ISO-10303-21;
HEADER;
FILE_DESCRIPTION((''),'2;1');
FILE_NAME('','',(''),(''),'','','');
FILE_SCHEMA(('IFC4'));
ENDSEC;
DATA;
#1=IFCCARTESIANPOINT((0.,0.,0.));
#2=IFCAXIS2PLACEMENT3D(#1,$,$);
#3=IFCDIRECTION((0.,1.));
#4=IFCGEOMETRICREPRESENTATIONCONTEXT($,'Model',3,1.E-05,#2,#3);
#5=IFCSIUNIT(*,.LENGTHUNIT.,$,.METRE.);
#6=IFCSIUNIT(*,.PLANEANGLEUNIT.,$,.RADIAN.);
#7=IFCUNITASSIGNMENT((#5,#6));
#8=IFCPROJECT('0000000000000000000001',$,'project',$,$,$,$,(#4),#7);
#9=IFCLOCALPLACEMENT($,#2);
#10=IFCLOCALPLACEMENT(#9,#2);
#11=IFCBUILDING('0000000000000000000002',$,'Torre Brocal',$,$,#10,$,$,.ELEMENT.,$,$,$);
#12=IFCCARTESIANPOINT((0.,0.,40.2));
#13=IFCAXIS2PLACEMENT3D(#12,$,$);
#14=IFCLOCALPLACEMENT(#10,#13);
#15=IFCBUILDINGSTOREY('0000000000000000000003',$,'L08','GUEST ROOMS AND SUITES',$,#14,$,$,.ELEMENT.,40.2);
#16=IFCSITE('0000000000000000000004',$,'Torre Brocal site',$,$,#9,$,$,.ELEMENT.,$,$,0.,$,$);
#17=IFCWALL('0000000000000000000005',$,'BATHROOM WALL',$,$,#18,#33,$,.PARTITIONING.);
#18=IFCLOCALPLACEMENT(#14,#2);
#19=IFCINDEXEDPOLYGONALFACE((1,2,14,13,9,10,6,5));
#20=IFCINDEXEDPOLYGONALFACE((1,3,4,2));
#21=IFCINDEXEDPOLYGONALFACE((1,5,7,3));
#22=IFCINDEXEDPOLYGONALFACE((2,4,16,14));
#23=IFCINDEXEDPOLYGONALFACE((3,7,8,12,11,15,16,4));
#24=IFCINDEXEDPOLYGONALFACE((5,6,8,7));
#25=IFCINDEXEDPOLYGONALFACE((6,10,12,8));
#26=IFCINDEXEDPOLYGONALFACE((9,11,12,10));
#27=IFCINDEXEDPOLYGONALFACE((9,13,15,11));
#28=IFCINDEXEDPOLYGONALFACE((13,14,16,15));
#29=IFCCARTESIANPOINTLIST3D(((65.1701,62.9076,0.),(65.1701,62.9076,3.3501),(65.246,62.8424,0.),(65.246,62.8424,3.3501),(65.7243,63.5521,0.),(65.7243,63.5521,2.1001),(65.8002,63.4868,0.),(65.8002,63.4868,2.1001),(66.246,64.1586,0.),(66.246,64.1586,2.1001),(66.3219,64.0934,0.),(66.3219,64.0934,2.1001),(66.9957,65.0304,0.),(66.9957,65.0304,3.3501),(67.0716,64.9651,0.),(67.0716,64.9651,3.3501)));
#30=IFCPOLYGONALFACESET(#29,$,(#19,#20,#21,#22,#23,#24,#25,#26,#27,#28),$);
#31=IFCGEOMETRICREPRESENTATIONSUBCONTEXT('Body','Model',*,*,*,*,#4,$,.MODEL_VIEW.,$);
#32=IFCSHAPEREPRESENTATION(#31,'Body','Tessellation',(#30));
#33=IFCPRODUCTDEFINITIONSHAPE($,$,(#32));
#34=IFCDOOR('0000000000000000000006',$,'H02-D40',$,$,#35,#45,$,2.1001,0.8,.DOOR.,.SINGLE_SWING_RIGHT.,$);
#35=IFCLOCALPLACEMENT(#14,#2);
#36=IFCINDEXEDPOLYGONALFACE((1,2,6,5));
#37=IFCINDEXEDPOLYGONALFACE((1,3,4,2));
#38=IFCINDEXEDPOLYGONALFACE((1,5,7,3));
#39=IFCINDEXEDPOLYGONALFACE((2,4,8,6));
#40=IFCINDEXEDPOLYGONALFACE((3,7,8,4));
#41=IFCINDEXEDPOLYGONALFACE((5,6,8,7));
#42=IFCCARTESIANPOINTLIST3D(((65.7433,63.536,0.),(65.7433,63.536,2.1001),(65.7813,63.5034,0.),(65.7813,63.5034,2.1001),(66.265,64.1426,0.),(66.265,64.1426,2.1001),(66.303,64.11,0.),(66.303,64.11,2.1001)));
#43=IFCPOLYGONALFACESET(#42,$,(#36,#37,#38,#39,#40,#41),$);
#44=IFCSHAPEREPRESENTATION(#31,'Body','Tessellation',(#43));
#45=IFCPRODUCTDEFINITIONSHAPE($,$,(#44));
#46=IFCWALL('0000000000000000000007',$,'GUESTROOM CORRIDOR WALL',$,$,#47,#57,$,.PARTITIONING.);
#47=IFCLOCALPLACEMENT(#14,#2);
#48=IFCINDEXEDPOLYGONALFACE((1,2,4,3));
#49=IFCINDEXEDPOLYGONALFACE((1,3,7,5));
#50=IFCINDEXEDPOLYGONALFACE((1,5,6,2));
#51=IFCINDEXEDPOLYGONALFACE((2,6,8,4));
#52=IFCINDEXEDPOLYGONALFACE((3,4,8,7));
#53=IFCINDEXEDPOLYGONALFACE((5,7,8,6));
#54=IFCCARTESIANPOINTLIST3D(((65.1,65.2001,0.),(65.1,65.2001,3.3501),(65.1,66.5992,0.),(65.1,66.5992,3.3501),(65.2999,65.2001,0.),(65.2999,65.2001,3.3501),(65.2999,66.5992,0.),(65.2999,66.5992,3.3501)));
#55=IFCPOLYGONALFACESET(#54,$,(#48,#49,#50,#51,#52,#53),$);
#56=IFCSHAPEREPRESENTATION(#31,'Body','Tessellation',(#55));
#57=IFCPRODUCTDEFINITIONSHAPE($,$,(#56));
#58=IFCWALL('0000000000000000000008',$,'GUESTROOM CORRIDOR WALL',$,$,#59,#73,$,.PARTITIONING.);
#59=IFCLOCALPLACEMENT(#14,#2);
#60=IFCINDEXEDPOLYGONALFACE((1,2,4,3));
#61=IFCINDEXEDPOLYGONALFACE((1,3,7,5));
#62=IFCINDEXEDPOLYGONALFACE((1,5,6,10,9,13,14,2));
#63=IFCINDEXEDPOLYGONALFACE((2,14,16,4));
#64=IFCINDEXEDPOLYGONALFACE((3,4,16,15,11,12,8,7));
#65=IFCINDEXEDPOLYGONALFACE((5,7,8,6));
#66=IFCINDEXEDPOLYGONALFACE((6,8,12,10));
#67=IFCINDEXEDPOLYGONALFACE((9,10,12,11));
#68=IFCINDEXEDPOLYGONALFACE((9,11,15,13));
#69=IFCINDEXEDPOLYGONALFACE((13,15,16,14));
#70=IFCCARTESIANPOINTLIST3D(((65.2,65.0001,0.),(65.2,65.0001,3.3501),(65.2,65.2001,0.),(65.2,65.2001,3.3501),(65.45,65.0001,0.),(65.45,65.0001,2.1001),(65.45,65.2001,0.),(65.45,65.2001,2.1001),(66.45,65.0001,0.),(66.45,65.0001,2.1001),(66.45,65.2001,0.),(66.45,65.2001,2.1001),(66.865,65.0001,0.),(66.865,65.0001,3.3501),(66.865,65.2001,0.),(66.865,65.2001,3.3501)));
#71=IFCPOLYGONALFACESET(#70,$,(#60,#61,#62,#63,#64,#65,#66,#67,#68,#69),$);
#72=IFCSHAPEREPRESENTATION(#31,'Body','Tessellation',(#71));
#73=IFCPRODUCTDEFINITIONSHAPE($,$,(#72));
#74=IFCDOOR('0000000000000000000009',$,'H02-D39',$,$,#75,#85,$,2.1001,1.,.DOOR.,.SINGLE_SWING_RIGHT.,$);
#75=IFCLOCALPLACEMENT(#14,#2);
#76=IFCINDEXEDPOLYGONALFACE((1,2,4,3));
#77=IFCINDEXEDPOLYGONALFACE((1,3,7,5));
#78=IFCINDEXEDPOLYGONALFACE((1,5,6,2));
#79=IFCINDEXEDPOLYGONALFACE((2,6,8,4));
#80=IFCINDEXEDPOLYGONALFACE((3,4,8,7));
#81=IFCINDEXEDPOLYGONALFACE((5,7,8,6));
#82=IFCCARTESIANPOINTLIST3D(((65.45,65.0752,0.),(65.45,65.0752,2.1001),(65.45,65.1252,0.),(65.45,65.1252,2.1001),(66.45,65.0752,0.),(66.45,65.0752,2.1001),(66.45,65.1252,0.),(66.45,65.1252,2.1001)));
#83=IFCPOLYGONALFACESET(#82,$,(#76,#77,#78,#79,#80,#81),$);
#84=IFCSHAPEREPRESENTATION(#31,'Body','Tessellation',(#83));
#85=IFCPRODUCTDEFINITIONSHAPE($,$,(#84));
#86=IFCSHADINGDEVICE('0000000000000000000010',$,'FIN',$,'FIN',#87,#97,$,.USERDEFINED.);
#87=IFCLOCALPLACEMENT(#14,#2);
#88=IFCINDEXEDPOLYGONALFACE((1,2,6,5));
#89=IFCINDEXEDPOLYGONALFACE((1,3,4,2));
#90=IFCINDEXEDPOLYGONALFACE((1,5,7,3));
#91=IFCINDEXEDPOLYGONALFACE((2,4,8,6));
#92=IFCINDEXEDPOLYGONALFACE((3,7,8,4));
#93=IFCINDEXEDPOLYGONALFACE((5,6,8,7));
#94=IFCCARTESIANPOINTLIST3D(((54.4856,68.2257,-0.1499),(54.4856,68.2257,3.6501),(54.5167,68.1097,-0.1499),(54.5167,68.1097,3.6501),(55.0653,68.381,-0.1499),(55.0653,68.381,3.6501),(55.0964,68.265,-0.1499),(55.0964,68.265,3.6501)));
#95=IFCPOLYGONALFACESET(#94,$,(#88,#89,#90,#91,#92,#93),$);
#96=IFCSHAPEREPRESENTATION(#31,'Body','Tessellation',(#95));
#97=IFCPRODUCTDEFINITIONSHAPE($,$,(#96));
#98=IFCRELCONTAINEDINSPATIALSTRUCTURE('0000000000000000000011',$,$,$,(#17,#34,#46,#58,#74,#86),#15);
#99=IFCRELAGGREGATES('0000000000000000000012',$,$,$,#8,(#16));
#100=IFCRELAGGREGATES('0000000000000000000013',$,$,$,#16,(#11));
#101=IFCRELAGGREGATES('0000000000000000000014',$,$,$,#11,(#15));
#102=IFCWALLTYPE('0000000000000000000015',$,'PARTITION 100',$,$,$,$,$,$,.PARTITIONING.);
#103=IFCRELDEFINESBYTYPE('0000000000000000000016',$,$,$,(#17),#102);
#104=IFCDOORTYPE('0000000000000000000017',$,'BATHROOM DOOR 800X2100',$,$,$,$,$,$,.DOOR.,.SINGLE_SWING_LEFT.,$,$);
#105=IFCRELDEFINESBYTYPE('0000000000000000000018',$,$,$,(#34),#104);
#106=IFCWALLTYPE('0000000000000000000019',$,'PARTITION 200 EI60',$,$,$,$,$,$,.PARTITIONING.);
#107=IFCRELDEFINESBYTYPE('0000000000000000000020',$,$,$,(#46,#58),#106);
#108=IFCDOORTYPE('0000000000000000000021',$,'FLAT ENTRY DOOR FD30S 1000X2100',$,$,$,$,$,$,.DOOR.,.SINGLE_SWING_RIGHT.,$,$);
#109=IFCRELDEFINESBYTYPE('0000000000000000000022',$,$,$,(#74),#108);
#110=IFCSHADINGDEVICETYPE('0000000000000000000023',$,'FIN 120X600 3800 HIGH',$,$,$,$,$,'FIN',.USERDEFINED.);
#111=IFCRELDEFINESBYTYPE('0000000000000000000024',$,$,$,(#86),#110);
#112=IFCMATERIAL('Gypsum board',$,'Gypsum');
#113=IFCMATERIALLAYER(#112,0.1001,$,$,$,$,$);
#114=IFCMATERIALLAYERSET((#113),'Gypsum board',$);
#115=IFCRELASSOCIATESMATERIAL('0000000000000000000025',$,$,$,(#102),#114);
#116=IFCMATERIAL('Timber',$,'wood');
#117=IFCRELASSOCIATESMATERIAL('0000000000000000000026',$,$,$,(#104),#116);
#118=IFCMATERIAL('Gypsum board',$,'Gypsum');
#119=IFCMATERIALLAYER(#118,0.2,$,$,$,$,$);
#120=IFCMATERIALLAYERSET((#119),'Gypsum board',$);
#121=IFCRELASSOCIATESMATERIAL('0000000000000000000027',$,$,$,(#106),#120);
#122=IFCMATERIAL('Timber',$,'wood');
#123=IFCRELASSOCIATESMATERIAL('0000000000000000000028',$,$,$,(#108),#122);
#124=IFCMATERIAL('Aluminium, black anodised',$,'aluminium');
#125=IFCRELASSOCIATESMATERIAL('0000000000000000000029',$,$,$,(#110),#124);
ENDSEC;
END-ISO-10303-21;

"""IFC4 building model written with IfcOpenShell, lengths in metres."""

from ifc_helpers import new_model, si_unit, direction, frame, frame_2d, origin, origin_2d, place, context, subcontext, project, spatial, rectangle, extrude, material, layer, layer_set, material_profile, profile_set, type_object, element, fill, save


model = new_model("IFC4")

# Units and contexts
model_context = context("Model", 3, precision=1e-05, world=origin(), true_north=direction((0.0, 1.0)))
body_context = subcontext(model_context, "Body", "Model", "MODEL_VIEW")
ifc_project = project(units=[si_unit("LENGTHUNIT", "METRE"), si_unit("PLANEANGLEUNIT", "RADIAN")], contexts=[model_context])

# Site, building, storey
site_placement = place(None, origin())
site = spatial("IfcSite", under=ifc_project, at=site_placement, Name="Torre Brocal site", CompositionType="ELEMENT", RefElevation=0.0)
building_placement = place(site_placement, origin())
building = spatial("IfcBuilding", under=site, at=building_placement, Name="Torre Brocal", CompositionType="ELEMENT")
storey_placement = place(building_placement, frame((0.0, 0.0, 40.2)))
storey = spatial("IfcBuildingStorey", under=building, at=storey_placement, Name="L08", Description="GUEST ROOMS AND SUITES", CompositionType="ELEMENT", Elevation=40.2)

# Shared definitions
ifc_material_1 = material(Name="Gypsum board", Category="Gypsum")
ifc_layer_1 = layer(ifc_material_1, 0.1001)
ifc_layer_set_1 = layer_set([ifc_layer_1], Name="Gypsum board")
wall_type_1 = type_object("IfcWallType", Name="PARTITION 100", PredefinedType="PARTITIONING", material=ifc_layer_set_1)

# Wall, opening, door
wall_1_placement = place(storey_placement, frame((65.208, 62.875, 0.0), z_axis=(0.0, 0.0, 1.0), x_axis=(0.652054, 0.758172, 0.0)))
wall_1 = element("IfcWall", 1, at=wall_1_placement, inside=storey, type_object=wall_type_1, Name="BATHROOM WALL", PredefinedType="PARTITIONING", context=body_context, shape_type="SweptSolid", body=[
    extrude(rectangle(XDim=2.7998, YDim=0.1001, at=frame_2d((1.3999, 0.0))), origin(), (0.0, 0.0, 1.0), 3.3501),
])
opening_1_placement = place(wall_1_placement, frame((0.8501, 0.0, 0.0)))
opening_1 = element("IfcOpeningElement", 2, at=opening_1_placement, cuts=wall_1, PredefinedType="OPENING", context=body_context, shape_type="SweptSolid", body=[
    extrude(rectangle(XDim=0.8, YDim=2.1001, at=frame_2d((0.3999, 1.05))), frame((0.0, 0.0601, 0.0), z_axis=(0.0, -1.0, 0.0), x_axis=(1.0, 0.0, 0.0)), (0.0, 0.0, 1.0), 0.1201),
])
ifc_material_2 = material(Name="Timber", Category="wood")
door_type_1 = type_object("IfcDoorType", Name="BATHROOM DOOR 800X2100", OperationType="SINGLE_SWING_LEFT", PredefinedType="DOOR", material=ifc_material_2)
door_1_placement = place(opening_1_placement, frame((0.8, 0.0, 0.0), z_axis=(0.0, 0.0, 1.0), x_axis=(-1.0, 0.0, 0.0)))
door_1 = element("IfcDoor", 3, at=door_1_placement, inside=storey, type_object=door_type_1, Name="H02-D40", OperationType="SINGLE_SWING_RIGHT", OverallHeight=2.1001, OverallWidth=0.8, PredefinedType="DOOR", context=body_context, shape_type="SweptSolid", body=[
    extrude(rectangle(XDim=0.8, YDim=2.1001, at=frame_2d((0.3999, 1.05))), frame((0.0, 0.0249, 0.0), z_axis=(0.0, -1.0, 0.0), x_axis=(1.0, 0.0, 0.0)), (0.0, 0.0, 1.0), 0.05),
])
fill(opening_1, door_1)

# Wall
ifc_material_3 = material(Name="Gypsum board", Category="Gypsum")
ifc_layer_2 = layer(ifc_material_3, 0.2)
ifc_layer_set_2 = layer_set([ifc_layer_2], Name="Gypsum board")
wall_type_2 = type_object("IfcWallType", Name="PARTITION 200 EI60", PredefinedType="PARTITIONING", material=ifc_layer_set_2)
wall_2_placement = place(storey_placement, frame((65.2, 65.2, 0.0), z_axis=(0.0, 0.0, 1.0), x_axis=(0.0, 1.0, 0.0)))
element("IfcWall", 4, at=wall_2_placement, inside=storey, type_object=wall_type_2, Name="GUESTROOM CORRIDOR WALL", PredefinedType="PARTITIONING", context=body_context, shape_type="SweptSolid", body=[
    extrude(rectangle(XDim=1.3992, YDim=0.2, at=frame_2d((0.6997, 0.0))), origin(), (0.0, 0.0, 1.0), 3.3501),
])

# Wall, opening, door
wall_3_placement = place(storey_placement, frame((65.2, 65.1001, 0.0), z_axis=(0.0, 0.0, 1.0), x_axis=(1.0, 0.0, 0.0)))
wall_3 = element("IfcWall", 5, at=wall_3_placement, inside=storey, type_object=wall_type_2, Name="GUESTROOM CORRIDOR WALL", PredefinedType="PARTITIONING", context=body_context, shape_type="SweptSolid", body=[
    extrude(rectangle(XDim=1.665, YDim=0.2, at=frame_2d((0.8325, 0.0))), origin(), (0.0, 0.0, 1.0), 3.3501),
])
opening_2_placement = place(wall_3_placement, frame((0.25, 0.0, 0.0)))
opening_2 = element("IfcOpeningElement", 6, at=opening_2_placement, cuts=wall_3, PredefinedType="OPENING", context=body_context, shape_type="SweptSolid", body=[
    extrude(rectangle(XDim=1.0, YDim=2.1001, at=frame_2d((0.5, 1.05))), frame((0.0, 0.1099, 0.0), z_axis=(0.0, -1.0, 0.0), x_axis=(1.0, 0.0, 0.0)), (0.0, 0.0, 1.0), 0.22),
])
ifc_material_4 = material(Name="Timber", Category="wood")
door_type_2 = type_object("IfcDoorType", Name="FLAT ENTRY DOOR FD30S 1000X2100", OperationType="SINGLE_SWING_RIGHT", PredefinedType="DOOR", material=ifc_material_4)
door_2_placement = place(opening_2_placement, frame((1.0, 0.0, 0.0), z_axis=(0.0, 0.0, 1.0), x_axis=(-1.0, 0.0, 0.0)))
door_2 = element("IfcDoor", 7, at=door_2_placement, inside=storey, type_object=door_type_2, Name="H02-D39", OperationType="SINGLE_SWING_RIGHT", OverallHeight=2.1001, OverallWidth=1.0, PredefinedType="DOOR", context=body_context, shape_type="SweptSolid", body=[
    extrude(rectangle(XDim=1.0, YDim=2.1001, at=frame_2d((0.5, 1.05))), frame((0.0, 0.0249, 0.0), z_axis=(0.0, -1.0, 0.0), x_axis=(1.0, 0.0, 0.0)), (0.0, 0.0, 1.0), 0.05),
])
fill(opening_2, door_2)

# Shading device
ifc_material_5 = material(Name="Aluminium, black anodised", Category="aluminium")
ifc_material_profile_1 = material_profile(ifc_material_5, rectangle(XDim=0.1201, YDim=0.6001, at=origin_2d()), Name="FIN 120X600 3800 HIGH")
ifc_profile_set_1 = profile_set([ifc_material_profile_1], Name="Aluminium, black anodised")
shading_device_type = type_object("IfcShadingDeviceType", Name="FIN 120X600 3800 HIGH", ElementType="FIN", PredefinedType="USERDEFINED", material=ifc_profile_set_1)
shading_device_placement = place(storey_placement, frame((54.791, 68.2454, -0.1499), z_axis=(0.0, 0.0, 1.0), x_axis=(0.258819, -0.965926, 0.0)))
element("IfcShadingDevice", 8, at=shading_device_placement, inside=storey, type_object=shading_device_type, Name="FIN", ObjectType="FIN", PredefinedType="USERDEFINED", context=body_context, shape_type="SweptSolid", body=[
    extrude(rectangle(XDim=0.1201, YDim=0.6001, at=origin_2d()), origin(), (0.0, 0.0, 1.0), 3.8),
])

save(model, "model.ifc")
